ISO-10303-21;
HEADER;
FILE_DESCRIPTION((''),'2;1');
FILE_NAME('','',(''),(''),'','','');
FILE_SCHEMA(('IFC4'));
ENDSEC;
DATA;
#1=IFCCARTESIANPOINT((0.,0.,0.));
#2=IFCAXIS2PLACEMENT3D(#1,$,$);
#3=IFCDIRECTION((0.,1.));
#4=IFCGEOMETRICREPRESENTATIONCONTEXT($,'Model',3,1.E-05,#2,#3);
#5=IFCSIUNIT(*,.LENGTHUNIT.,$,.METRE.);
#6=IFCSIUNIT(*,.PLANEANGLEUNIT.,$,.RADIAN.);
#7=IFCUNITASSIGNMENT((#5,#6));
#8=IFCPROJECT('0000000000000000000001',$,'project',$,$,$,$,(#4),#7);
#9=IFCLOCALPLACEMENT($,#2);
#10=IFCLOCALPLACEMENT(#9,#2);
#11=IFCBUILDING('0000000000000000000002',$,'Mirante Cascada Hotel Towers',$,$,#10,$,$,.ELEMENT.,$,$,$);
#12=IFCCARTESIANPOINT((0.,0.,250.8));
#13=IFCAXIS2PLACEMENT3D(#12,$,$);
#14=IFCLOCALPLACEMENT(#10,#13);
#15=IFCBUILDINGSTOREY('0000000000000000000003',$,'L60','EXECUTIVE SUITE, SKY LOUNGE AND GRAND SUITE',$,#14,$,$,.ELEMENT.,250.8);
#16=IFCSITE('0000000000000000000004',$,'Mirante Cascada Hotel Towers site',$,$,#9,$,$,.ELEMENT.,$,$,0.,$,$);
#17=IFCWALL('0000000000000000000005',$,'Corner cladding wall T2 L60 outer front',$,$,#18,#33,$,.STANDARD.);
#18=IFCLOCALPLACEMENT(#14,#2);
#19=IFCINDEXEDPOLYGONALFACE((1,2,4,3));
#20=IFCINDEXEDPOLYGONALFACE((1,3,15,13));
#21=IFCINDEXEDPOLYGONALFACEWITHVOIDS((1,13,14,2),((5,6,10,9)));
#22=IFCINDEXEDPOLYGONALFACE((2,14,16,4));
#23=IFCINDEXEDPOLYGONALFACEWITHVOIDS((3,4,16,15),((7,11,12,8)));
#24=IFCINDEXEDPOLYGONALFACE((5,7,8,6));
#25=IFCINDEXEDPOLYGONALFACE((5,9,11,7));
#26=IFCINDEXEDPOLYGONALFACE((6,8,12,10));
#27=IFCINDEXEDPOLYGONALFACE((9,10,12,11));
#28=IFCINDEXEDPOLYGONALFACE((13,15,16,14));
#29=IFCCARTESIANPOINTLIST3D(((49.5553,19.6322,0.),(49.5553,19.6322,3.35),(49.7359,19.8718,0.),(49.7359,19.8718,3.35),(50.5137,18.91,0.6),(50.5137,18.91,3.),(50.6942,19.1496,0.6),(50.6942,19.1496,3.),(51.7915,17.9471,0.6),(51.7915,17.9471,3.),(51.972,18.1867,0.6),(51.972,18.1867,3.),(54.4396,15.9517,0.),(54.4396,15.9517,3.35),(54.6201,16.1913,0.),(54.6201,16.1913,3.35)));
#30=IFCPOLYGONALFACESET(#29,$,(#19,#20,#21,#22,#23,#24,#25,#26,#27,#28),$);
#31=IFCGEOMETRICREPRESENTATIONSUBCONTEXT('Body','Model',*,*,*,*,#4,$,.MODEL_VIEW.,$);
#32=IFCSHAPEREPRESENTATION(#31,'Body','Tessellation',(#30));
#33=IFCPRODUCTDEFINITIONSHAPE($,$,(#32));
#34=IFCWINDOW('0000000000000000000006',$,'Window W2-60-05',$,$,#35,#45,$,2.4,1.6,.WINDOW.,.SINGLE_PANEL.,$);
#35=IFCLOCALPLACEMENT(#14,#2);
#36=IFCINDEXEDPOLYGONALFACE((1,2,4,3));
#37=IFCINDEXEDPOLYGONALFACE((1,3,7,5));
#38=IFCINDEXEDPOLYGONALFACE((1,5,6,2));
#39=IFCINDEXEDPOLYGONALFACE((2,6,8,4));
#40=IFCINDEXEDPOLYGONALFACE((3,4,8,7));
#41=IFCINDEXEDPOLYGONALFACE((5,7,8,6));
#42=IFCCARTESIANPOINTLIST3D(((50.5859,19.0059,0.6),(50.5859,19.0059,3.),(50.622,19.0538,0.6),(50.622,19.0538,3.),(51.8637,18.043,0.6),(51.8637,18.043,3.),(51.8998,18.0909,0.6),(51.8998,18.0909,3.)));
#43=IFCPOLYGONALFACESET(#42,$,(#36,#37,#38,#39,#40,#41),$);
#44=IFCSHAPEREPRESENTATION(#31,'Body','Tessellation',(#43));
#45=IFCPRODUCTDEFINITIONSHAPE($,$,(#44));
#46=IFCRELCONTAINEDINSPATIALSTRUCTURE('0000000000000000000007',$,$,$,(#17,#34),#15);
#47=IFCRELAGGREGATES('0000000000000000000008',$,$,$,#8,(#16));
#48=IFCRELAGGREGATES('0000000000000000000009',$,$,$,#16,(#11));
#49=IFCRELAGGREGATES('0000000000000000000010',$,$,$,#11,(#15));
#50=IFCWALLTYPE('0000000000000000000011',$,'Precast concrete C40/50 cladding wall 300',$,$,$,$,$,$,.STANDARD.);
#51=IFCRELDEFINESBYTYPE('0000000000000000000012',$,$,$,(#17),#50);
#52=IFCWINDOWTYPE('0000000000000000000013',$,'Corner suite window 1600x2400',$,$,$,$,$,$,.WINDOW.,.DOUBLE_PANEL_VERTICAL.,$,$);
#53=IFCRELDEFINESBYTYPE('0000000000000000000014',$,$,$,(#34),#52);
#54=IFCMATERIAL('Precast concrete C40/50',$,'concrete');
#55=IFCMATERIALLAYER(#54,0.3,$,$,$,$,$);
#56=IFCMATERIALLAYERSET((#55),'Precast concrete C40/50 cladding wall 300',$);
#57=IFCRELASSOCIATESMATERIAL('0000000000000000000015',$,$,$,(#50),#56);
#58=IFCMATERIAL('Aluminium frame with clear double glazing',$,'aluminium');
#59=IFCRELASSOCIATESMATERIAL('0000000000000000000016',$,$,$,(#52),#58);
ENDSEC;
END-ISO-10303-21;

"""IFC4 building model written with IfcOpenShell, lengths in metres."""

from ifc_helpers import new_model, si_unit, direction, frame, frame_2d, origin, place, context, subcontext, project, spatial, rectangle, extrude, material, layer, layer_set, type_object, element, fill, save


model = new_model("IFC4")

# Units and contexts
model_context = context("Model", 3, precision=1e-05, world=origin(), true_north=direction((0.0, 1.0)))
body_context = subcontext(model_context, "Body", "Model", "MODEL_VIEW")
ifc_project = project(units=[si_unit("LENGTHUNIT", "METRE"), si_unit("PLANEANGLEUNIT", "RADIAN")], contexts=[model_context])

# Site, building, storey
site_placement = place(None, origin())
site = spatial("IfcSite", under=ifc_project, at=site_placement, Name="Mirante Cascada Hotel Towers site", CompositionType="ELEMENT", RefElevation=0.0)
building_placement = place(site_placement, origin())
building = spatial("IfcBuilding", under=site, at=building_placement, Name="Mirante Cascada Hotel Towers", CompositionType="ELEMENT")
storey_placement = place(building_placement, frame((0.0, 0.0, 250.8)))
storey = spatial("IfcBuildingStorey", under=building, at=storey_placement, Name="L60", Description="EXECUTIVE SUITE, SKY LOUNGE AND GRAND SUITE", CompositionType="ELEMENT", Elevation=250.8)

# Wall, opening, window
ifc_material_1 = material(Name="Precast concrete C40/50", Category="concrete")
ifc_layer_1 = layer(ifc_material_1, 0.3)
ifc_layer_set_1 = layer_set([ifc_layer_1], Name="Precast concrete C40/50 cladding wall 300")
wall_type_1 = type_object("IfcWallType", Name="Precast concrete C40/50 cladding wall 300", PredefinedType="STANDARD", material=ifc_layer_set_1)
wall_1_placement = place(storey_placement, frame((54.5298, 16.0715, 0.0), z_axis=(0.0, 0.0, 1.0), x_axis=(-0.798636, 0.601814, 0.0)))
wall_1 = element("IfcWall", 1, at=wall_1_placement, inside=storey, type_object=wall_type_1, Name="Corner cladding wall T2 L60 outer front", PredefinedType="STANDARD", context=body_context, shape_type="SweptSolid", body=[
    extrude(rectangle(XDim=6.1157, YDim=0.3, at=frame_2d((3.0578, 0.0))), origin(), (0.0, 0.0, 1.0), 3.35),
])
opening_1_placement = place(wall_1_placement, frame((3.3157, 0.0, 0.6)))
opening_1 = element("IfcOpeningElement", 2, at=opening_1_placement, cuts=wall_1, PredefinedType="OPENING", context=body_context, shape_type="SweptSolid", body=[
    extrude(rectangle(XDim=1.6, YDim=2.4, at=frame_2d((0.8, 1.2))), frame((0.0, 0.15, 0.0), z_axis=(0.0, -1.0, 0.0), x_axis=(1.0, 0.0, 0.0)), (0.0, 0.0, 1.0), 0.3),
])
ifc_material_2 = material(Name="Aluminium frame with clear double glazing", Category="aluminium")
window_type = type_object("IfcWindowType", Name="Corner suite window 1600x2400", PartitioningType="DOUBLE_PANEL_VERTICAL", PredefinedType="WINDOW", material=ifc_material_2)
window_placement = place(opening_1_placement, origin())
window = element("IfcWindow", 3, at=window_placement, inside=storey, type_object=window_type, Name="Window W2-60-05", OverallHeight=2.4, OverallWidth=1.6, PartitioningType="SINGLE_PANEL", PredefinedType="WINDOW", context=body_context, shape_type="SweptSolid", body=[
    extrude(rectangle(XDim=1.6, YDim=2.4, at=frame_2d((0.8, 1.2))), frame((0.0, 0.03, 0.0), z_axis=(0.0, -1.0, 0.0), x_axis=(1.0, 0.0, 0.0)), (0.0, 0.0, 1.0), 0.06),
])
fill(opening_1, window)

save(model, "model.ifc")
